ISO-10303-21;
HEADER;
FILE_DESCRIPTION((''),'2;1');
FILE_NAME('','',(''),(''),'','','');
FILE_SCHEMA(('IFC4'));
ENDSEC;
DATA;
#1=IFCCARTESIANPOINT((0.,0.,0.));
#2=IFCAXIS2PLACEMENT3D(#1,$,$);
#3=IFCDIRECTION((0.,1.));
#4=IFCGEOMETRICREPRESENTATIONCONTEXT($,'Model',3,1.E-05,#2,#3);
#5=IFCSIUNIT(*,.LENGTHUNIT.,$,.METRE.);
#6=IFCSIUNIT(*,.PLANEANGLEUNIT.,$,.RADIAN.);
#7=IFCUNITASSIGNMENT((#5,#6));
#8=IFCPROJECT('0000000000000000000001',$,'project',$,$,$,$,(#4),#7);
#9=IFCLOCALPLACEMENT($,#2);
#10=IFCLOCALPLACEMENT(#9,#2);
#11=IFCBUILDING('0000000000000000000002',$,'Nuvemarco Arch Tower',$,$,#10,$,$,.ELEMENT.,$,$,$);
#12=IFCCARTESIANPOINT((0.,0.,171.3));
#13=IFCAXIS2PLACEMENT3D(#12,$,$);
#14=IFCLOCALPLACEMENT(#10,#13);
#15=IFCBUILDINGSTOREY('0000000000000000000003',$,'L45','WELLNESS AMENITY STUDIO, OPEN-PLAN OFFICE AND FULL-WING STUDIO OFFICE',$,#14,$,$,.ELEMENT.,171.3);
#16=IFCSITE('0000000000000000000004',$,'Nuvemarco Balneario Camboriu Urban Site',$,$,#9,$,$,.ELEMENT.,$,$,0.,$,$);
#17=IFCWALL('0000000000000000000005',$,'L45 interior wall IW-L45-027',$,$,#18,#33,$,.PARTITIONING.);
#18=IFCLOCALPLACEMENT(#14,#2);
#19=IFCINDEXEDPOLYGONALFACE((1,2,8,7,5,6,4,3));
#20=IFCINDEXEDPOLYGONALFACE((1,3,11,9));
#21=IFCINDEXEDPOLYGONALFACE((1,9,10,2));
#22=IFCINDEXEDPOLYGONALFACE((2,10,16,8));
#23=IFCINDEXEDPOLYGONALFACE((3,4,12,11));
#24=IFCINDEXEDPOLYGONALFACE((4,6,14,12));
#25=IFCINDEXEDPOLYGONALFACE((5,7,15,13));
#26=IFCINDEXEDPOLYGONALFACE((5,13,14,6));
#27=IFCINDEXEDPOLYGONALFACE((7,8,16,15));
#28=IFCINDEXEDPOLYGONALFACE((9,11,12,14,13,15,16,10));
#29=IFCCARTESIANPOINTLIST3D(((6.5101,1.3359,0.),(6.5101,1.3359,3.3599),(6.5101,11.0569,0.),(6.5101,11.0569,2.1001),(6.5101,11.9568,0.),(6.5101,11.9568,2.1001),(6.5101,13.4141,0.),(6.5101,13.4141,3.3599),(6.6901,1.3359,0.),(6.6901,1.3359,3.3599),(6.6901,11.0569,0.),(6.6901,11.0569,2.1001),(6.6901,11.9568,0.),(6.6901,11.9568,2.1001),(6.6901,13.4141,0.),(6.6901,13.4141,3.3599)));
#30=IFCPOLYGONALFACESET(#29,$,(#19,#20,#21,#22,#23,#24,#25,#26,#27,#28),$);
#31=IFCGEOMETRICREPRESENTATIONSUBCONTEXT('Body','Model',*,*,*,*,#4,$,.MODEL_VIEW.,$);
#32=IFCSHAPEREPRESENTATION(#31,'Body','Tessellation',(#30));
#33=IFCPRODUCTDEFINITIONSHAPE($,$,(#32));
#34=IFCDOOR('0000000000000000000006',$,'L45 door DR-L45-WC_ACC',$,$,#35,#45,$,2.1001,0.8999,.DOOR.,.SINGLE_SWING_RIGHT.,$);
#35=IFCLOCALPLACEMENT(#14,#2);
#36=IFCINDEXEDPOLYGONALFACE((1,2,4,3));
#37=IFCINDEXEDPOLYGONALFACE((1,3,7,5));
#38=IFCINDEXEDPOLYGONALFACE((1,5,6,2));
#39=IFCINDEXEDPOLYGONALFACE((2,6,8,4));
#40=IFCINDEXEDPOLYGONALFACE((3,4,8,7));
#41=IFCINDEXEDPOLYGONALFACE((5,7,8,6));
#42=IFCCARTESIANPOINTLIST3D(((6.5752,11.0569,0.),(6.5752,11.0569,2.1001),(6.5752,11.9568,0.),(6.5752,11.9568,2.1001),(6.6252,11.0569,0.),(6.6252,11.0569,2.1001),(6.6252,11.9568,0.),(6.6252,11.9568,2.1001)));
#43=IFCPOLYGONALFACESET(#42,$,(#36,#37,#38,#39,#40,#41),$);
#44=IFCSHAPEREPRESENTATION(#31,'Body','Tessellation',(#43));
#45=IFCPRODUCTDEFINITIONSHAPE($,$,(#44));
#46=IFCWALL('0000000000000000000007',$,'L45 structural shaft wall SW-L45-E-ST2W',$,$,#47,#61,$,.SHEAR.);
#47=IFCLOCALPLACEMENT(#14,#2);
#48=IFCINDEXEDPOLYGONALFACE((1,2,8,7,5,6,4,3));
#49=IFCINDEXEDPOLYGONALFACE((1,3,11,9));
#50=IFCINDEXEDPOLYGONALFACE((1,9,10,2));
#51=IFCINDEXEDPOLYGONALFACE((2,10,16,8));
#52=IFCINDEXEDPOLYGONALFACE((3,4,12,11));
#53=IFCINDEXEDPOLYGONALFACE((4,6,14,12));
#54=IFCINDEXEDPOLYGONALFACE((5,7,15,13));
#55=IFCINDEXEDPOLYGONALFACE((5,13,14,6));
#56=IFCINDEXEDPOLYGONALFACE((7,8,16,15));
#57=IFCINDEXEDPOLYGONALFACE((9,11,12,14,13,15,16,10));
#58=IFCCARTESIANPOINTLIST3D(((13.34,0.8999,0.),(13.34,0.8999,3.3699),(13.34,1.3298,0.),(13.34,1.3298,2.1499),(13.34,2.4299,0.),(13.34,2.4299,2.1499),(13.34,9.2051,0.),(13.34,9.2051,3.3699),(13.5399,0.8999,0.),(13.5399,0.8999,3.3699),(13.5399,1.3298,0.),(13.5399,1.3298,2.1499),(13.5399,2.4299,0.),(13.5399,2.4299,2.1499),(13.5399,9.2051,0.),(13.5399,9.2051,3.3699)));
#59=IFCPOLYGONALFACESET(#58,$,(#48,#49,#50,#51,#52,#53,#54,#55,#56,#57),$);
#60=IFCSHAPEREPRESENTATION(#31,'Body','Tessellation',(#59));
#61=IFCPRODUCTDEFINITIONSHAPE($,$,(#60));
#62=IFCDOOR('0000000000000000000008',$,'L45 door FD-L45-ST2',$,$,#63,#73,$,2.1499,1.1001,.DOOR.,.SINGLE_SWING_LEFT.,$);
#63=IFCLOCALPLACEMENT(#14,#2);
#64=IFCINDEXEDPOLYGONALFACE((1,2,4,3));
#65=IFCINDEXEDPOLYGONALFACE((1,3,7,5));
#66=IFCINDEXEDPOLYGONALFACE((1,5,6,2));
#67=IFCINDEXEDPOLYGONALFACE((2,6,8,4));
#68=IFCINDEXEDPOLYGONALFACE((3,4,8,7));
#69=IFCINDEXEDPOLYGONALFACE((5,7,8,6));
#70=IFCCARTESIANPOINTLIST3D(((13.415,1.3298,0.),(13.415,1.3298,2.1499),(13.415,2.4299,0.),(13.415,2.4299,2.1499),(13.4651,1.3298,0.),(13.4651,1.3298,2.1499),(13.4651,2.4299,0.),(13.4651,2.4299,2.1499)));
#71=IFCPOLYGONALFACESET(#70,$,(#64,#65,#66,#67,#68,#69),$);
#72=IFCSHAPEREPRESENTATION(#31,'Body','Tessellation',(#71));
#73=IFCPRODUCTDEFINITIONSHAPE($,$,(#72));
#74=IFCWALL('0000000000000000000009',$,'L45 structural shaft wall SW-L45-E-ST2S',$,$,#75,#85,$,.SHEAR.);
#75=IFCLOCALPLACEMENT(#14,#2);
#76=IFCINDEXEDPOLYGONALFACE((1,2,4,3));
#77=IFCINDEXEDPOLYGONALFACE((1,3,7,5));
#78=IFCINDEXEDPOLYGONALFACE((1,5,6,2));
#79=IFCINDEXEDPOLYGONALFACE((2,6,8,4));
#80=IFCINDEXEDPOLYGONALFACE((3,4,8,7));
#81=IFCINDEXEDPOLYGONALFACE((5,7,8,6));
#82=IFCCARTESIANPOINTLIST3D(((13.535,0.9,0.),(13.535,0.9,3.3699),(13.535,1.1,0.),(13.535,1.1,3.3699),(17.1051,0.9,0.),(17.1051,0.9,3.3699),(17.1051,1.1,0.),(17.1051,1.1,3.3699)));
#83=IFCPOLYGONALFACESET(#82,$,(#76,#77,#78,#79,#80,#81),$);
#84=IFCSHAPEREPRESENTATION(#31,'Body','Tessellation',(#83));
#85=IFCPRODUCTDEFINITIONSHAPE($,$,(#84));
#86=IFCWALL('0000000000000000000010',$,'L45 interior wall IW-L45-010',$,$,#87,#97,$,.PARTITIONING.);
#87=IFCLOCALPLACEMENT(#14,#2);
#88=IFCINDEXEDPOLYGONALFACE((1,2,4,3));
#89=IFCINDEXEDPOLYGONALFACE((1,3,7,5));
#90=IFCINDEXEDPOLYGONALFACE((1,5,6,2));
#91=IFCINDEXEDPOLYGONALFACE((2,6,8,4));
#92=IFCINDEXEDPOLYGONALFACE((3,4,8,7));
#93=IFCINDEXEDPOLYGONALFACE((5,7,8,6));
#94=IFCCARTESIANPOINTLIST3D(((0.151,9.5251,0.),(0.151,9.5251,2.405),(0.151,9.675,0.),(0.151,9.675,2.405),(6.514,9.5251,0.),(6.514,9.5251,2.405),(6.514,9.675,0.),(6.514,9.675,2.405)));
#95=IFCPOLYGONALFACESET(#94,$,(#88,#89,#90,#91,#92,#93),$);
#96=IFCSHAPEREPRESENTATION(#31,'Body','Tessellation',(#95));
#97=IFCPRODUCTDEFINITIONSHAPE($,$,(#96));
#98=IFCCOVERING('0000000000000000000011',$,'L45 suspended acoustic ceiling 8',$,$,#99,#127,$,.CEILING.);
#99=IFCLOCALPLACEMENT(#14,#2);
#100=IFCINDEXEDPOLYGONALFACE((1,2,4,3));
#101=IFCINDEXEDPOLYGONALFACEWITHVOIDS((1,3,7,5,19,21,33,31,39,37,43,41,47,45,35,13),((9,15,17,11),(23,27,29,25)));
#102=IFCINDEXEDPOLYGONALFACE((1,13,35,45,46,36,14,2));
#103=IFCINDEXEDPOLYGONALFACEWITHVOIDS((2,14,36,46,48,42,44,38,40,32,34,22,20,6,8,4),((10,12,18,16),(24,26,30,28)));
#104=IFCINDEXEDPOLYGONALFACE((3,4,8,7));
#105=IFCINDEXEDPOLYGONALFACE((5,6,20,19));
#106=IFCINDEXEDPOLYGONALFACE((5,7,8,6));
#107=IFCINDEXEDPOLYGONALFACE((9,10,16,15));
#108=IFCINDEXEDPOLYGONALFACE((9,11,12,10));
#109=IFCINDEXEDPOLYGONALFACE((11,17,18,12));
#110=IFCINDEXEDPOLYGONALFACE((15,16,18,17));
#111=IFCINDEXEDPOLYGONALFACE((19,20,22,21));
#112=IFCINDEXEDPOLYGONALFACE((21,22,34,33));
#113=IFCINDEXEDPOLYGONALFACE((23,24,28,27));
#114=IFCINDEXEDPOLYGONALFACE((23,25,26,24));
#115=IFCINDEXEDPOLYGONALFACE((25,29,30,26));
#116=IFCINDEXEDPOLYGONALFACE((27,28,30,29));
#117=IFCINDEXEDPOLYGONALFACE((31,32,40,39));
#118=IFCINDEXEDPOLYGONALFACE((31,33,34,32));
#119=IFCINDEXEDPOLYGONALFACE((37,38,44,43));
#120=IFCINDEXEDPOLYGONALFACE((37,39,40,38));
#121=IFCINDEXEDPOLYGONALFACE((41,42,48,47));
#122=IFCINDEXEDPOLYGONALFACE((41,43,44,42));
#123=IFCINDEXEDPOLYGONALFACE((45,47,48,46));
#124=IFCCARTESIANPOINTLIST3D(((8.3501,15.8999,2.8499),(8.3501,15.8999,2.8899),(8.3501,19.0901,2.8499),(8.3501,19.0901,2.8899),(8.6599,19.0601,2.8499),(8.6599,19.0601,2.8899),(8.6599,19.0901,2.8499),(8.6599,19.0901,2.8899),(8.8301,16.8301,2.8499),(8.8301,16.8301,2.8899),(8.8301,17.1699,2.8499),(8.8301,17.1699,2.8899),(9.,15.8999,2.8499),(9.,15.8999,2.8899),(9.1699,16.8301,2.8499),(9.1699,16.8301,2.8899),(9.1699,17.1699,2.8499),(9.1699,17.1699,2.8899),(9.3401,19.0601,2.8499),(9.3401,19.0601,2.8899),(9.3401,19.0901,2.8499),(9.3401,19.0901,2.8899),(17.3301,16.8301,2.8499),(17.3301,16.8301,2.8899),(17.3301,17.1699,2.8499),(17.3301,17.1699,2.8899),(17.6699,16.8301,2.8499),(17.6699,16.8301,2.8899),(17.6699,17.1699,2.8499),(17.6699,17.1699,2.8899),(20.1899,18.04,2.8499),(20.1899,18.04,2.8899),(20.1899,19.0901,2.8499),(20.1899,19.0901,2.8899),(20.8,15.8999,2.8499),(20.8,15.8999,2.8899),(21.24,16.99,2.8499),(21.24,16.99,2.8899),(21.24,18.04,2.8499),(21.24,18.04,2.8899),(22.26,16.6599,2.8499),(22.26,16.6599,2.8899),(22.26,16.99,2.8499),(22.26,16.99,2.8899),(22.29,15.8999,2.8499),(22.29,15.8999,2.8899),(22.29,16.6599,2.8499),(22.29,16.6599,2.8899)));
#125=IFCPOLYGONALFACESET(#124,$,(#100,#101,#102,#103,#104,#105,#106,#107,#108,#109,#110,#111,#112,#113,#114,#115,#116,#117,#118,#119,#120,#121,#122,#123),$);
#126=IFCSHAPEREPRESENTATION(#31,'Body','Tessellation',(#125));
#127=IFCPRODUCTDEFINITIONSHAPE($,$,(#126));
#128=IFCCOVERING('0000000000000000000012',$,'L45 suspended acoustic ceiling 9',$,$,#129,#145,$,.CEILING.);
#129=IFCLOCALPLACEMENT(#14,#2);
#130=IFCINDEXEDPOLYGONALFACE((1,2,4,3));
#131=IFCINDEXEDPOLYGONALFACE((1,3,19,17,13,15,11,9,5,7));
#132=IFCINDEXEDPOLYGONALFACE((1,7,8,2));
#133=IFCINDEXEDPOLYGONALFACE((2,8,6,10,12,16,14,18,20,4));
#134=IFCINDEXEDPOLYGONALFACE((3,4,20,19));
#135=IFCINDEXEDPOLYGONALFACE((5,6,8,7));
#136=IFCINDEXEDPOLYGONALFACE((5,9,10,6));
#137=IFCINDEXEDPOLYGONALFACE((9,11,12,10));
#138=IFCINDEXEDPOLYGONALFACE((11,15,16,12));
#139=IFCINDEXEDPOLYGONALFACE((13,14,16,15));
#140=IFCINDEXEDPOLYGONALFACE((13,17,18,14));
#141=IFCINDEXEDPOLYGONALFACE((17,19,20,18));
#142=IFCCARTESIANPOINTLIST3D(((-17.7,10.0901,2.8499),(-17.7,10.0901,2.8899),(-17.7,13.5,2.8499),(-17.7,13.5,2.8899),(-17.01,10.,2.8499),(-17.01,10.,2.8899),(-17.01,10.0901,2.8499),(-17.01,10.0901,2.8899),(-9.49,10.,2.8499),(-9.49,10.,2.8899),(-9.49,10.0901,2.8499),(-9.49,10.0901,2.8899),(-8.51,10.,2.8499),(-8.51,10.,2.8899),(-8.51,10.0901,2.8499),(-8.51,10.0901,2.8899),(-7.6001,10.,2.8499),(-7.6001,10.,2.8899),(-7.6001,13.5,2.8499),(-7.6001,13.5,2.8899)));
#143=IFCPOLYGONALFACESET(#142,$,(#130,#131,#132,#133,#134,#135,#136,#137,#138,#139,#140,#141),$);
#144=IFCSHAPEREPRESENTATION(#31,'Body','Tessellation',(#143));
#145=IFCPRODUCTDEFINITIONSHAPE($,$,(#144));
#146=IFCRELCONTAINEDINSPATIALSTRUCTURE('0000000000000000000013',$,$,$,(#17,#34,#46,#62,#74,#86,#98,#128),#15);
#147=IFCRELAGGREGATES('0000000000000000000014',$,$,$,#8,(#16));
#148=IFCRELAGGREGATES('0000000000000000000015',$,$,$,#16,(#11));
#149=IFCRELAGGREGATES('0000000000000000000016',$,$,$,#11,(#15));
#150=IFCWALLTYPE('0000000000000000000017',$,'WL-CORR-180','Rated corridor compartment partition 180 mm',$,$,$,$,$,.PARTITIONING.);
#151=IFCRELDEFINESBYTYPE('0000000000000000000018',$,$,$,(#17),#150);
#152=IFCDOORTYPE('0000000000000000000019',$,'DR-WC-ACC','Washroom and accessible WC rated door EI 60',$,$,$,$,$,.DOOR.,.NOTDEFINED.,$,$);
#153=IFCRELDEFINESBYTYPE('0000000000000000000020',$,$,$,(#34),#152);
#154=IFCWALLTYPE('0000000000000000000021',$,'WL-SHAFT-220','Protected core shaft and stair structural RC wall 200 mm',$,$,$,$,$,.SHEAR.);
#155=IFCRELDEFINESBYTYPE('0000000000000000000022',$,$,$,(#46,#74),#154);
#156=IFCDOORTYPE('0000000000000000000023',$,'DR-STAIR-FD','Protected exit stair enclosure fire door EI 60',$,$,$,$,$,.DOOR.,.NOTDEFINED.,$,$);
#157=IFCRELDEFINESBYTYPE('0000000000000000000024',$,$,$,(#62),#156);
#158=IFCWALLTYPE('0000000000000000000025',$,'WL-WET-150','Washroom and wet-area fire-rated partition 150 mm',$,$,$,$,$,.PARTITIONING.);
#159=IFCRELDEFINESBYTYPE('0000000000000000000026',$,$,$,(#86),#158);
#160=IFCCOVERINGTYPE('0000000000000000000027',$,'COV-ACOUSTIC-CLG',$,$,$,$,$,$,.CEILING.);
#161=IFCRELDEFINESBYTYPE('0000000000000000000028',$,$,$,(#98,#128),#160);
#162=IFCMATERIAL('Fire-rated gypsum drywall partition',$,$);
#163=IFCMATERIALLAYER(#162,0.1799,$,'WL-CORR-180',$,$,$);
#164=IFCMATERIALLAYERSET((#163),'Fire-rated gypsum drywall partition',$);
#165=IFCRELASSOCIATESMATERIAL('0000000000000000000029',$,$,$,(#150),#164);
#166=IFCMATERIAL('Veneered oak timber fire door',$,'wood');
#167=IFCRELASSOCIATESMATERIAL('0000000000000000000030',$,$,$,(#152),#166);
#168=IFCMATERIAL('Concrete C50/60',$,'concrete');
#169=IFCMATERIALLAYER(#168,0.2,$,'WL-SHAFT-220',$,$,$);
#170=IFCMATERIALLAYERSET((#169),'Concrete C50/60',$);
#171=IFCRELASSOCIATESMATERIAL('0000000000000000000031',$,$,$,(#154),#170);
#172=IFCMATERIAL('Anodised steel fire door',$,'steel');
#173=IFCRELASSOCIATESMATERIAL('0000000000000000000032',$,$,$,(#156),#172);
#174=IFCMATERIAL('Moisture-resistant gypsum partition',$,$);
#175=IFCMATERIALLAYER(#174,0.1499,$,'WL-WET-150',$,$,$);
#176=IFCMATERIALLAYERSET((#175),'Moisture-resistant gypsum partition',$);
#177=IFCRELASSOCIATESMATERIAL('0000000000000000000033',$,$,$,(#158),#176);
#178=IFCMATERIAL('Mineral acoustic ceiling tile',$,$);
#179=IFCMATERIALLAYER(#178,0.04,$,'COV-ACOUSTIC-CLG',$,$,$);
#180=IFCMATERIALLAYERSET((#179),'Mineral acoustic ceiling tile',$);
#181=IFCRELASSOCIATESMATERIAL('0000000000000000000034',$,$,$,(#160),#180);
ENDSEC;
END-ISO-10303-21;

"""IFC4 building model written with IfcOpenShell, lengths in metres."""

from ifc_helpers import new_model, si_unit, direction, frame, frame_2d, origin, place, context, subcontext, project, spatial, polyline, rectangle, outline, extrude, source, transform, mapped, material, layer, layer_set, type_object, type_shapes, element, fill, save


model = new_model("IFC4")

# Units and contexts
model_context = context("Model", 3, precision=1e-05, world=origin(), true_north=direction((0.0, 1.0)))
body_context = subcontext(model_context, "Body", "Model", "MODEL_VIEW")
ifc_project = project(units=[si_unit("LENGTHUNIT", "METRE"), si_unit("PLANEANGLEUNIT", "RADIAN")], contexts=[model_context])

# Site, building, storey
site_placement = place(None, origin())
site = spatial("IfcSite", under=ifc_project, at=site_placement, Name="Nuvemarco Balneario Camboriu Urban Site", CompositionType="ELEMENT", RefElevation=0.0)
building_placement = place(site_placement, origin())
building = spatial("IfcBuilding", under=site, at=building_placement, Name="Nuvemarco Arch Tower", CompositionType="ELEMENT")
storey_placement = place(building_placement, frame((0.0, 0.0, 171.3)))
storey = spatial("IfcBuildingStorey", under=building, at=storey_placement, Name="L45", Description="WELLNESS AMENITY STUDIO, OPEN-PLAN OFFICE AND FULL-WING STUDIO OFFICE", CompositionType="ELEMENT", Elevation=171.3)

# Shared definitions
ifc_material_1 = material(Name="Concrete C50/60", Category="concrete")

# Shared definitions
ifc_material_2 = material(Name="Fire-rated gypsum drywall partition")
ifc_layer_1 = layer(ifc_material_2, 0.1799, Name="WL-CORR-180")
ifc_layer_set_1 = layer_set([ifc_layer_1], Name="Fire-rated gypsum drywall partition")
wall_type_1 = type_object("IfcWallType", Name="WL-CORR-180", Description="Rated corridor compartment partition 180 mm", PredefinedType="PARTITIONING", material=ifc_layer_set_1)
ifc_material_3 = material(Name="Anodised steel fire door", Category="steel")

# Walls, openings, doors
wall_1_placement = place(storey_placement, frame((6.6001, 1.3359, 0.0), z_axis=(0.0, 0.0, 1.0), x_axis=(0.0, 1.0, 0.0)))
wall_1 = element("IfcWall", 1, at=wall_1_placement, inside=storey, type_object=wall_type_1, Name="L45 interior wall IW-L45-027", PredefinedType="PARTITIONING", context=body_context, shape_type="SweptSolid", body=[
    extrude(rectangle(XDim=12.0781, YDim=0.1799, at=frame_2d((6.0391, 0.0))), origin(), (0.0, 0.0, 1.0), 3.3599),
])
opening_1_placement = place(wall_1_placement, frame((9.7209, 0.0, 0.0)))
opening_1 = element("IfcOpeningElement", 2, at=opening_1_placement, cuts=wall_1, PredefinedType="OPENING", context=body_context, shape_type="SweptSolid", body=[
    extrude(rectangle(XDim=0.8999, YDim=2.1001, at=frame_2d((0.45, 1.05))), frame((0.0, 0.0999, 0.0), z_axis=(0.0, -1.0, 0.0), x_axis=(1.0, 0.0, 0.0)), (0.0, 0.0, 1.0), 0.2),
])
ifc_material_4 = material(Name="Veneered oak timber fire door", Category="wood")
door_type_1 = type_object("IfcDoorType", Name="DR-WC-ACC", Description="Washroom and accessible WC rated door EI 60", OperationType="NOTDEFINED", PredefinedType="DOOR", material=ifc_material_4)
shared_shape_1 = source(origin(), body_context, "Body", "SweptSolid", [
    extrude(rectangle(XDim=0.8999, YDim=2.1001, at=frame_2d((0.45, 1.05))), frame((0.0, 0.0249, 0.0), z_axis=(0.0, -1.0, 0.0), x_axis=(1.0, 0.0, 0.0)), (0.0, 0.0, 1.0), 0.05),
])
type_shapes(door_type_1, [shared_shape_1])
door_1_placement = place(opening_1_placement, origin())
door_1 = element("IfcDoor", 3, at=door_1_placement, inside=storey, type_object=door_type_1, Name="L45 door DR-L45-WC_ACC", OperationType="SINGLE_SWING_RIGHT", OverallHeight=2.1001, OverallWidth=0.8999, PredefinedType="DOOR", context=body_context, shape_type="MappedRepresentation", body=[
    mapped(shared_shape_1, transform((0.0, 0.0, 0.0), scale=1.0)),
])
fill(opening_1, door_1)
ifc_layer_2 = layer(ifc_material_1, 0.2, Name="WL-SHAFT-220")
ifc_layer_set_2 = layer_set([ifc_layer_2], Name="Concrete C50/60")
wall_type_2 = type_object("IfcWallType", Name="WL-SHAFT-220", Description="Protected core shaft and stair structural RC wall 200 mm", PredefinedType="SHEAR", material=ifc_layer_set_2)
wall_2_placement = place(storey_placement, frame((13.4399, 0.8999, 0.0), z_axis=(0.0, 0.0, 1.0), x_axis=(0.0, 1.0, 0.0)))
wall_2 = element("IfcWall", 4, at=wall_2_placement, inside=storey, type_object=wall_type_2, Name="L45 structural shaft wall SW-L45-E-ST2W", PredefinedType="SHEAR", context=body_context, shape_type="SweptSolid", body=[
    extrude(rectangle(XDim=8.3052, YDim=0.2, at=frame_2d((4.1526, 0.0))), origin(), (0.0, 0.0, 1.0), 3.3699),
])
opening_2_placement = place(wall_2_placement, frame((0.4299, 0.0, 0.0)))
opening_2 = element("IfcOpeningElement", 5, at=opening_2_placement, cuts=wall_2, PredefinedType="OPENING", context=body_context, shape_type="SweptSolid", body=[
    extrude(rectangle(XDim=1.1001, YDim=2.1499, at=frame_2d((0.55, 1.075))), frame((0.0, 0.1099, 0.0), z_axis=(0.0, -1.0, 0.0), x_axis=(1.0, 0.0, 0.0)), (0.0, 0.0, 1.0), 0.22),
])
door_type_2 = type_object("IfcDoorType", Name="DR-STAIR-FD", Description="Protected exit stair enclosure fire door EI 60", OperationType="NOTDEFINED", PredefinedType="DOOR", material=ifc_material_3)
shared_shape_2 = source(origin(), body_context, "Body", "SweptSolid", [
    extrude(rectangle(XDim=1.1001, YDim=2.1499, at=frame_2d((0.55, 1.075))), frame((0.0, 0.0249, 0.0), z_axis=(0.0, -1.0, 0.0), x_axis=(1.0, 0.0, 0.0)), (0.0, 0.0, 1.0), 0.05),
])
type_shapes(door_type_2, [shared_shape_2])
door_2_placement = place(opening_2_placement, origin())
door_2 = element("IfcDoor", 6, at=door_2_placement, inside=storey, type_object=door_type_2, Name="L45 door FD-L45-ST2", OperationType="SINGLE_SWING_LEFT", OverallHeight=2.1499, OverallWidth=1.1001, PredefinedType="DOOR", context=body_context, shape_type="MappedRepresentation", body=[
    mapped(shared_shape_2, transform((0.0, 0.0, 0.0), scale=1.0)),
])
fill(opening_2, door_2)

# Walls
wall_3_placement = place(storey_placement, frame((13.5349, 1.0, 0.0), z_axis=(0.0, 0.0, 1.0), x_axis=(1.0, 0.0, 0.0)))
element("IfcWall", 7, at=wall_3_placement, inside=storey, type_object=wall_type_2, Name="L45 structural shaft wall SW-L45-E-ST2S", PredefinedType="SHEAR", context=body_context, shape_type="SweptSolid", body=[
    extrude(rectangle(XDim=3.5701, YDim=0.2, at=frame_2d((1.7852, 0.0))), origin(), (0.0, 0.0, 1.0), 3.3699),
])
ifc_material_5 = material(Name="Moisture-resistant gypsum partition")
ifc_layer_3 = layer(ifc_material_5, 0.1499, Name="WL-WET-150")
ifc_layer_set_3 = layer_set([ifc_layer_3], Name="Moisture-resistant gypsum partition")
wall_type_3 = type_object("IfcWallType", Name="WL-WET-150", Description="Washroom and wet-area fire-rated partition 150 mm", PredefinedType="PARTITIONING", material=ifc_layer_set_3)
wall_4_placement = place(storey_placement, frame((0.1509, 9.6001, 0.0), z_axis=(0.0, 0.0, 1.0), x_axis=(1.0, 0.0, 0.0)))
element("IfcWall", 8, at=wall_4_placement, inside=storey, type_object=wall_type_3, Name="L45 interior wall IW-L45-010", PredefinedType="PARTITIONING", context=body_context, shape_type="SweptSolid", body=[
    extrude(rectangle(XDim=6.363, YDim=0.1499, at=frame_2d((3.1816, 0.0))), origin(), (0.0, 0.0, 1.0), 2.405),
])

# Coverings
ifc_material_6 = material(Name="Mineral acoustic ceiling tile")
ifc_layer_4 = layer(ifc_material_6, 0.04, Name="COV-ACOUSTIC-CLG")
ifc_layer_set_4 = layer_set([ifc_layer_4], Name="Mineral acoustic ceiling tile")
covering_type_1 = type_object("IfcCoveringType", Name="COV-ACOUSTIC-CLG", PredefinedType="CEILING", material=ifc_layer_set_4)
covering_1_placement = place(storey_placement, frame((0.0, 0.0, 2.8499)))
element("IfcCovering", 9, at=covering_1_placement, inside=storey, type_object=covering_type_1, Name="L45 suspended acoustic ceiling 8", PredefinedType="CEILING", context=body_context, shape_type="SweptSolid", body=[
    extrude(outline(polyline([(22.26, 16.99), (22.26, 16.6599), (22.29, 16.6599), (22.29, 15.8999), (20.8, 15.8999), (9.0, 15.8999), (8.3501, 15.8999), (8.3501, 19.0901), (8.6599, 19.0901), (8.6599, 19.0601), (9.3401, 19.0601), (9.3401, 19.0901), (20.1899, 19.0901), (20.1899, 18.04), (21.24, 18.04), (21.24, 16.99), (22.26, 16.99)]), holes=[polyline([(9.1699, 17.1699), (8.8301, 17.1699), (8.8301, 16.8301), (9.1699, 16.8301), (9.1699, 17.1699)]), polyline([(17.6699, 16.8301), (17.6699, 17.1699), (17.3301, 17.1699), (17.3301, 16.8301), (17.6699, 16.8301)])]), origin(), (0.0, 0.0, 1.0), 0.04),
])
covering_2_placement = place(storey_placement, frame((0.0, 0.0, 2.8499)))
element("IfcCovering", 10, at=covering_2_placement, inside=storey, type_object=covering_type_1, Name="L45 suspended acoustic ceiling 9", PredefinedType="CEILING", context=body_context, shape_type="SweptSolid", body=[
    extrude(outline(polyline([(-7.6001, 13.5), (-7.6001, 10.0), (-8.51, 10.0), (-8.51, 10.0901), (-9.49, 10.0901), (-9.49, 10.0), (-17.01, 10.0), (-17.01, 10.0901), (-17.7, 10.0901), (-17.7, 13.5), (-7.6001, 13.5)])), origin(), (0.0, 0.0, 1.0), 0.04),
])

save(model, "model.ifc")
